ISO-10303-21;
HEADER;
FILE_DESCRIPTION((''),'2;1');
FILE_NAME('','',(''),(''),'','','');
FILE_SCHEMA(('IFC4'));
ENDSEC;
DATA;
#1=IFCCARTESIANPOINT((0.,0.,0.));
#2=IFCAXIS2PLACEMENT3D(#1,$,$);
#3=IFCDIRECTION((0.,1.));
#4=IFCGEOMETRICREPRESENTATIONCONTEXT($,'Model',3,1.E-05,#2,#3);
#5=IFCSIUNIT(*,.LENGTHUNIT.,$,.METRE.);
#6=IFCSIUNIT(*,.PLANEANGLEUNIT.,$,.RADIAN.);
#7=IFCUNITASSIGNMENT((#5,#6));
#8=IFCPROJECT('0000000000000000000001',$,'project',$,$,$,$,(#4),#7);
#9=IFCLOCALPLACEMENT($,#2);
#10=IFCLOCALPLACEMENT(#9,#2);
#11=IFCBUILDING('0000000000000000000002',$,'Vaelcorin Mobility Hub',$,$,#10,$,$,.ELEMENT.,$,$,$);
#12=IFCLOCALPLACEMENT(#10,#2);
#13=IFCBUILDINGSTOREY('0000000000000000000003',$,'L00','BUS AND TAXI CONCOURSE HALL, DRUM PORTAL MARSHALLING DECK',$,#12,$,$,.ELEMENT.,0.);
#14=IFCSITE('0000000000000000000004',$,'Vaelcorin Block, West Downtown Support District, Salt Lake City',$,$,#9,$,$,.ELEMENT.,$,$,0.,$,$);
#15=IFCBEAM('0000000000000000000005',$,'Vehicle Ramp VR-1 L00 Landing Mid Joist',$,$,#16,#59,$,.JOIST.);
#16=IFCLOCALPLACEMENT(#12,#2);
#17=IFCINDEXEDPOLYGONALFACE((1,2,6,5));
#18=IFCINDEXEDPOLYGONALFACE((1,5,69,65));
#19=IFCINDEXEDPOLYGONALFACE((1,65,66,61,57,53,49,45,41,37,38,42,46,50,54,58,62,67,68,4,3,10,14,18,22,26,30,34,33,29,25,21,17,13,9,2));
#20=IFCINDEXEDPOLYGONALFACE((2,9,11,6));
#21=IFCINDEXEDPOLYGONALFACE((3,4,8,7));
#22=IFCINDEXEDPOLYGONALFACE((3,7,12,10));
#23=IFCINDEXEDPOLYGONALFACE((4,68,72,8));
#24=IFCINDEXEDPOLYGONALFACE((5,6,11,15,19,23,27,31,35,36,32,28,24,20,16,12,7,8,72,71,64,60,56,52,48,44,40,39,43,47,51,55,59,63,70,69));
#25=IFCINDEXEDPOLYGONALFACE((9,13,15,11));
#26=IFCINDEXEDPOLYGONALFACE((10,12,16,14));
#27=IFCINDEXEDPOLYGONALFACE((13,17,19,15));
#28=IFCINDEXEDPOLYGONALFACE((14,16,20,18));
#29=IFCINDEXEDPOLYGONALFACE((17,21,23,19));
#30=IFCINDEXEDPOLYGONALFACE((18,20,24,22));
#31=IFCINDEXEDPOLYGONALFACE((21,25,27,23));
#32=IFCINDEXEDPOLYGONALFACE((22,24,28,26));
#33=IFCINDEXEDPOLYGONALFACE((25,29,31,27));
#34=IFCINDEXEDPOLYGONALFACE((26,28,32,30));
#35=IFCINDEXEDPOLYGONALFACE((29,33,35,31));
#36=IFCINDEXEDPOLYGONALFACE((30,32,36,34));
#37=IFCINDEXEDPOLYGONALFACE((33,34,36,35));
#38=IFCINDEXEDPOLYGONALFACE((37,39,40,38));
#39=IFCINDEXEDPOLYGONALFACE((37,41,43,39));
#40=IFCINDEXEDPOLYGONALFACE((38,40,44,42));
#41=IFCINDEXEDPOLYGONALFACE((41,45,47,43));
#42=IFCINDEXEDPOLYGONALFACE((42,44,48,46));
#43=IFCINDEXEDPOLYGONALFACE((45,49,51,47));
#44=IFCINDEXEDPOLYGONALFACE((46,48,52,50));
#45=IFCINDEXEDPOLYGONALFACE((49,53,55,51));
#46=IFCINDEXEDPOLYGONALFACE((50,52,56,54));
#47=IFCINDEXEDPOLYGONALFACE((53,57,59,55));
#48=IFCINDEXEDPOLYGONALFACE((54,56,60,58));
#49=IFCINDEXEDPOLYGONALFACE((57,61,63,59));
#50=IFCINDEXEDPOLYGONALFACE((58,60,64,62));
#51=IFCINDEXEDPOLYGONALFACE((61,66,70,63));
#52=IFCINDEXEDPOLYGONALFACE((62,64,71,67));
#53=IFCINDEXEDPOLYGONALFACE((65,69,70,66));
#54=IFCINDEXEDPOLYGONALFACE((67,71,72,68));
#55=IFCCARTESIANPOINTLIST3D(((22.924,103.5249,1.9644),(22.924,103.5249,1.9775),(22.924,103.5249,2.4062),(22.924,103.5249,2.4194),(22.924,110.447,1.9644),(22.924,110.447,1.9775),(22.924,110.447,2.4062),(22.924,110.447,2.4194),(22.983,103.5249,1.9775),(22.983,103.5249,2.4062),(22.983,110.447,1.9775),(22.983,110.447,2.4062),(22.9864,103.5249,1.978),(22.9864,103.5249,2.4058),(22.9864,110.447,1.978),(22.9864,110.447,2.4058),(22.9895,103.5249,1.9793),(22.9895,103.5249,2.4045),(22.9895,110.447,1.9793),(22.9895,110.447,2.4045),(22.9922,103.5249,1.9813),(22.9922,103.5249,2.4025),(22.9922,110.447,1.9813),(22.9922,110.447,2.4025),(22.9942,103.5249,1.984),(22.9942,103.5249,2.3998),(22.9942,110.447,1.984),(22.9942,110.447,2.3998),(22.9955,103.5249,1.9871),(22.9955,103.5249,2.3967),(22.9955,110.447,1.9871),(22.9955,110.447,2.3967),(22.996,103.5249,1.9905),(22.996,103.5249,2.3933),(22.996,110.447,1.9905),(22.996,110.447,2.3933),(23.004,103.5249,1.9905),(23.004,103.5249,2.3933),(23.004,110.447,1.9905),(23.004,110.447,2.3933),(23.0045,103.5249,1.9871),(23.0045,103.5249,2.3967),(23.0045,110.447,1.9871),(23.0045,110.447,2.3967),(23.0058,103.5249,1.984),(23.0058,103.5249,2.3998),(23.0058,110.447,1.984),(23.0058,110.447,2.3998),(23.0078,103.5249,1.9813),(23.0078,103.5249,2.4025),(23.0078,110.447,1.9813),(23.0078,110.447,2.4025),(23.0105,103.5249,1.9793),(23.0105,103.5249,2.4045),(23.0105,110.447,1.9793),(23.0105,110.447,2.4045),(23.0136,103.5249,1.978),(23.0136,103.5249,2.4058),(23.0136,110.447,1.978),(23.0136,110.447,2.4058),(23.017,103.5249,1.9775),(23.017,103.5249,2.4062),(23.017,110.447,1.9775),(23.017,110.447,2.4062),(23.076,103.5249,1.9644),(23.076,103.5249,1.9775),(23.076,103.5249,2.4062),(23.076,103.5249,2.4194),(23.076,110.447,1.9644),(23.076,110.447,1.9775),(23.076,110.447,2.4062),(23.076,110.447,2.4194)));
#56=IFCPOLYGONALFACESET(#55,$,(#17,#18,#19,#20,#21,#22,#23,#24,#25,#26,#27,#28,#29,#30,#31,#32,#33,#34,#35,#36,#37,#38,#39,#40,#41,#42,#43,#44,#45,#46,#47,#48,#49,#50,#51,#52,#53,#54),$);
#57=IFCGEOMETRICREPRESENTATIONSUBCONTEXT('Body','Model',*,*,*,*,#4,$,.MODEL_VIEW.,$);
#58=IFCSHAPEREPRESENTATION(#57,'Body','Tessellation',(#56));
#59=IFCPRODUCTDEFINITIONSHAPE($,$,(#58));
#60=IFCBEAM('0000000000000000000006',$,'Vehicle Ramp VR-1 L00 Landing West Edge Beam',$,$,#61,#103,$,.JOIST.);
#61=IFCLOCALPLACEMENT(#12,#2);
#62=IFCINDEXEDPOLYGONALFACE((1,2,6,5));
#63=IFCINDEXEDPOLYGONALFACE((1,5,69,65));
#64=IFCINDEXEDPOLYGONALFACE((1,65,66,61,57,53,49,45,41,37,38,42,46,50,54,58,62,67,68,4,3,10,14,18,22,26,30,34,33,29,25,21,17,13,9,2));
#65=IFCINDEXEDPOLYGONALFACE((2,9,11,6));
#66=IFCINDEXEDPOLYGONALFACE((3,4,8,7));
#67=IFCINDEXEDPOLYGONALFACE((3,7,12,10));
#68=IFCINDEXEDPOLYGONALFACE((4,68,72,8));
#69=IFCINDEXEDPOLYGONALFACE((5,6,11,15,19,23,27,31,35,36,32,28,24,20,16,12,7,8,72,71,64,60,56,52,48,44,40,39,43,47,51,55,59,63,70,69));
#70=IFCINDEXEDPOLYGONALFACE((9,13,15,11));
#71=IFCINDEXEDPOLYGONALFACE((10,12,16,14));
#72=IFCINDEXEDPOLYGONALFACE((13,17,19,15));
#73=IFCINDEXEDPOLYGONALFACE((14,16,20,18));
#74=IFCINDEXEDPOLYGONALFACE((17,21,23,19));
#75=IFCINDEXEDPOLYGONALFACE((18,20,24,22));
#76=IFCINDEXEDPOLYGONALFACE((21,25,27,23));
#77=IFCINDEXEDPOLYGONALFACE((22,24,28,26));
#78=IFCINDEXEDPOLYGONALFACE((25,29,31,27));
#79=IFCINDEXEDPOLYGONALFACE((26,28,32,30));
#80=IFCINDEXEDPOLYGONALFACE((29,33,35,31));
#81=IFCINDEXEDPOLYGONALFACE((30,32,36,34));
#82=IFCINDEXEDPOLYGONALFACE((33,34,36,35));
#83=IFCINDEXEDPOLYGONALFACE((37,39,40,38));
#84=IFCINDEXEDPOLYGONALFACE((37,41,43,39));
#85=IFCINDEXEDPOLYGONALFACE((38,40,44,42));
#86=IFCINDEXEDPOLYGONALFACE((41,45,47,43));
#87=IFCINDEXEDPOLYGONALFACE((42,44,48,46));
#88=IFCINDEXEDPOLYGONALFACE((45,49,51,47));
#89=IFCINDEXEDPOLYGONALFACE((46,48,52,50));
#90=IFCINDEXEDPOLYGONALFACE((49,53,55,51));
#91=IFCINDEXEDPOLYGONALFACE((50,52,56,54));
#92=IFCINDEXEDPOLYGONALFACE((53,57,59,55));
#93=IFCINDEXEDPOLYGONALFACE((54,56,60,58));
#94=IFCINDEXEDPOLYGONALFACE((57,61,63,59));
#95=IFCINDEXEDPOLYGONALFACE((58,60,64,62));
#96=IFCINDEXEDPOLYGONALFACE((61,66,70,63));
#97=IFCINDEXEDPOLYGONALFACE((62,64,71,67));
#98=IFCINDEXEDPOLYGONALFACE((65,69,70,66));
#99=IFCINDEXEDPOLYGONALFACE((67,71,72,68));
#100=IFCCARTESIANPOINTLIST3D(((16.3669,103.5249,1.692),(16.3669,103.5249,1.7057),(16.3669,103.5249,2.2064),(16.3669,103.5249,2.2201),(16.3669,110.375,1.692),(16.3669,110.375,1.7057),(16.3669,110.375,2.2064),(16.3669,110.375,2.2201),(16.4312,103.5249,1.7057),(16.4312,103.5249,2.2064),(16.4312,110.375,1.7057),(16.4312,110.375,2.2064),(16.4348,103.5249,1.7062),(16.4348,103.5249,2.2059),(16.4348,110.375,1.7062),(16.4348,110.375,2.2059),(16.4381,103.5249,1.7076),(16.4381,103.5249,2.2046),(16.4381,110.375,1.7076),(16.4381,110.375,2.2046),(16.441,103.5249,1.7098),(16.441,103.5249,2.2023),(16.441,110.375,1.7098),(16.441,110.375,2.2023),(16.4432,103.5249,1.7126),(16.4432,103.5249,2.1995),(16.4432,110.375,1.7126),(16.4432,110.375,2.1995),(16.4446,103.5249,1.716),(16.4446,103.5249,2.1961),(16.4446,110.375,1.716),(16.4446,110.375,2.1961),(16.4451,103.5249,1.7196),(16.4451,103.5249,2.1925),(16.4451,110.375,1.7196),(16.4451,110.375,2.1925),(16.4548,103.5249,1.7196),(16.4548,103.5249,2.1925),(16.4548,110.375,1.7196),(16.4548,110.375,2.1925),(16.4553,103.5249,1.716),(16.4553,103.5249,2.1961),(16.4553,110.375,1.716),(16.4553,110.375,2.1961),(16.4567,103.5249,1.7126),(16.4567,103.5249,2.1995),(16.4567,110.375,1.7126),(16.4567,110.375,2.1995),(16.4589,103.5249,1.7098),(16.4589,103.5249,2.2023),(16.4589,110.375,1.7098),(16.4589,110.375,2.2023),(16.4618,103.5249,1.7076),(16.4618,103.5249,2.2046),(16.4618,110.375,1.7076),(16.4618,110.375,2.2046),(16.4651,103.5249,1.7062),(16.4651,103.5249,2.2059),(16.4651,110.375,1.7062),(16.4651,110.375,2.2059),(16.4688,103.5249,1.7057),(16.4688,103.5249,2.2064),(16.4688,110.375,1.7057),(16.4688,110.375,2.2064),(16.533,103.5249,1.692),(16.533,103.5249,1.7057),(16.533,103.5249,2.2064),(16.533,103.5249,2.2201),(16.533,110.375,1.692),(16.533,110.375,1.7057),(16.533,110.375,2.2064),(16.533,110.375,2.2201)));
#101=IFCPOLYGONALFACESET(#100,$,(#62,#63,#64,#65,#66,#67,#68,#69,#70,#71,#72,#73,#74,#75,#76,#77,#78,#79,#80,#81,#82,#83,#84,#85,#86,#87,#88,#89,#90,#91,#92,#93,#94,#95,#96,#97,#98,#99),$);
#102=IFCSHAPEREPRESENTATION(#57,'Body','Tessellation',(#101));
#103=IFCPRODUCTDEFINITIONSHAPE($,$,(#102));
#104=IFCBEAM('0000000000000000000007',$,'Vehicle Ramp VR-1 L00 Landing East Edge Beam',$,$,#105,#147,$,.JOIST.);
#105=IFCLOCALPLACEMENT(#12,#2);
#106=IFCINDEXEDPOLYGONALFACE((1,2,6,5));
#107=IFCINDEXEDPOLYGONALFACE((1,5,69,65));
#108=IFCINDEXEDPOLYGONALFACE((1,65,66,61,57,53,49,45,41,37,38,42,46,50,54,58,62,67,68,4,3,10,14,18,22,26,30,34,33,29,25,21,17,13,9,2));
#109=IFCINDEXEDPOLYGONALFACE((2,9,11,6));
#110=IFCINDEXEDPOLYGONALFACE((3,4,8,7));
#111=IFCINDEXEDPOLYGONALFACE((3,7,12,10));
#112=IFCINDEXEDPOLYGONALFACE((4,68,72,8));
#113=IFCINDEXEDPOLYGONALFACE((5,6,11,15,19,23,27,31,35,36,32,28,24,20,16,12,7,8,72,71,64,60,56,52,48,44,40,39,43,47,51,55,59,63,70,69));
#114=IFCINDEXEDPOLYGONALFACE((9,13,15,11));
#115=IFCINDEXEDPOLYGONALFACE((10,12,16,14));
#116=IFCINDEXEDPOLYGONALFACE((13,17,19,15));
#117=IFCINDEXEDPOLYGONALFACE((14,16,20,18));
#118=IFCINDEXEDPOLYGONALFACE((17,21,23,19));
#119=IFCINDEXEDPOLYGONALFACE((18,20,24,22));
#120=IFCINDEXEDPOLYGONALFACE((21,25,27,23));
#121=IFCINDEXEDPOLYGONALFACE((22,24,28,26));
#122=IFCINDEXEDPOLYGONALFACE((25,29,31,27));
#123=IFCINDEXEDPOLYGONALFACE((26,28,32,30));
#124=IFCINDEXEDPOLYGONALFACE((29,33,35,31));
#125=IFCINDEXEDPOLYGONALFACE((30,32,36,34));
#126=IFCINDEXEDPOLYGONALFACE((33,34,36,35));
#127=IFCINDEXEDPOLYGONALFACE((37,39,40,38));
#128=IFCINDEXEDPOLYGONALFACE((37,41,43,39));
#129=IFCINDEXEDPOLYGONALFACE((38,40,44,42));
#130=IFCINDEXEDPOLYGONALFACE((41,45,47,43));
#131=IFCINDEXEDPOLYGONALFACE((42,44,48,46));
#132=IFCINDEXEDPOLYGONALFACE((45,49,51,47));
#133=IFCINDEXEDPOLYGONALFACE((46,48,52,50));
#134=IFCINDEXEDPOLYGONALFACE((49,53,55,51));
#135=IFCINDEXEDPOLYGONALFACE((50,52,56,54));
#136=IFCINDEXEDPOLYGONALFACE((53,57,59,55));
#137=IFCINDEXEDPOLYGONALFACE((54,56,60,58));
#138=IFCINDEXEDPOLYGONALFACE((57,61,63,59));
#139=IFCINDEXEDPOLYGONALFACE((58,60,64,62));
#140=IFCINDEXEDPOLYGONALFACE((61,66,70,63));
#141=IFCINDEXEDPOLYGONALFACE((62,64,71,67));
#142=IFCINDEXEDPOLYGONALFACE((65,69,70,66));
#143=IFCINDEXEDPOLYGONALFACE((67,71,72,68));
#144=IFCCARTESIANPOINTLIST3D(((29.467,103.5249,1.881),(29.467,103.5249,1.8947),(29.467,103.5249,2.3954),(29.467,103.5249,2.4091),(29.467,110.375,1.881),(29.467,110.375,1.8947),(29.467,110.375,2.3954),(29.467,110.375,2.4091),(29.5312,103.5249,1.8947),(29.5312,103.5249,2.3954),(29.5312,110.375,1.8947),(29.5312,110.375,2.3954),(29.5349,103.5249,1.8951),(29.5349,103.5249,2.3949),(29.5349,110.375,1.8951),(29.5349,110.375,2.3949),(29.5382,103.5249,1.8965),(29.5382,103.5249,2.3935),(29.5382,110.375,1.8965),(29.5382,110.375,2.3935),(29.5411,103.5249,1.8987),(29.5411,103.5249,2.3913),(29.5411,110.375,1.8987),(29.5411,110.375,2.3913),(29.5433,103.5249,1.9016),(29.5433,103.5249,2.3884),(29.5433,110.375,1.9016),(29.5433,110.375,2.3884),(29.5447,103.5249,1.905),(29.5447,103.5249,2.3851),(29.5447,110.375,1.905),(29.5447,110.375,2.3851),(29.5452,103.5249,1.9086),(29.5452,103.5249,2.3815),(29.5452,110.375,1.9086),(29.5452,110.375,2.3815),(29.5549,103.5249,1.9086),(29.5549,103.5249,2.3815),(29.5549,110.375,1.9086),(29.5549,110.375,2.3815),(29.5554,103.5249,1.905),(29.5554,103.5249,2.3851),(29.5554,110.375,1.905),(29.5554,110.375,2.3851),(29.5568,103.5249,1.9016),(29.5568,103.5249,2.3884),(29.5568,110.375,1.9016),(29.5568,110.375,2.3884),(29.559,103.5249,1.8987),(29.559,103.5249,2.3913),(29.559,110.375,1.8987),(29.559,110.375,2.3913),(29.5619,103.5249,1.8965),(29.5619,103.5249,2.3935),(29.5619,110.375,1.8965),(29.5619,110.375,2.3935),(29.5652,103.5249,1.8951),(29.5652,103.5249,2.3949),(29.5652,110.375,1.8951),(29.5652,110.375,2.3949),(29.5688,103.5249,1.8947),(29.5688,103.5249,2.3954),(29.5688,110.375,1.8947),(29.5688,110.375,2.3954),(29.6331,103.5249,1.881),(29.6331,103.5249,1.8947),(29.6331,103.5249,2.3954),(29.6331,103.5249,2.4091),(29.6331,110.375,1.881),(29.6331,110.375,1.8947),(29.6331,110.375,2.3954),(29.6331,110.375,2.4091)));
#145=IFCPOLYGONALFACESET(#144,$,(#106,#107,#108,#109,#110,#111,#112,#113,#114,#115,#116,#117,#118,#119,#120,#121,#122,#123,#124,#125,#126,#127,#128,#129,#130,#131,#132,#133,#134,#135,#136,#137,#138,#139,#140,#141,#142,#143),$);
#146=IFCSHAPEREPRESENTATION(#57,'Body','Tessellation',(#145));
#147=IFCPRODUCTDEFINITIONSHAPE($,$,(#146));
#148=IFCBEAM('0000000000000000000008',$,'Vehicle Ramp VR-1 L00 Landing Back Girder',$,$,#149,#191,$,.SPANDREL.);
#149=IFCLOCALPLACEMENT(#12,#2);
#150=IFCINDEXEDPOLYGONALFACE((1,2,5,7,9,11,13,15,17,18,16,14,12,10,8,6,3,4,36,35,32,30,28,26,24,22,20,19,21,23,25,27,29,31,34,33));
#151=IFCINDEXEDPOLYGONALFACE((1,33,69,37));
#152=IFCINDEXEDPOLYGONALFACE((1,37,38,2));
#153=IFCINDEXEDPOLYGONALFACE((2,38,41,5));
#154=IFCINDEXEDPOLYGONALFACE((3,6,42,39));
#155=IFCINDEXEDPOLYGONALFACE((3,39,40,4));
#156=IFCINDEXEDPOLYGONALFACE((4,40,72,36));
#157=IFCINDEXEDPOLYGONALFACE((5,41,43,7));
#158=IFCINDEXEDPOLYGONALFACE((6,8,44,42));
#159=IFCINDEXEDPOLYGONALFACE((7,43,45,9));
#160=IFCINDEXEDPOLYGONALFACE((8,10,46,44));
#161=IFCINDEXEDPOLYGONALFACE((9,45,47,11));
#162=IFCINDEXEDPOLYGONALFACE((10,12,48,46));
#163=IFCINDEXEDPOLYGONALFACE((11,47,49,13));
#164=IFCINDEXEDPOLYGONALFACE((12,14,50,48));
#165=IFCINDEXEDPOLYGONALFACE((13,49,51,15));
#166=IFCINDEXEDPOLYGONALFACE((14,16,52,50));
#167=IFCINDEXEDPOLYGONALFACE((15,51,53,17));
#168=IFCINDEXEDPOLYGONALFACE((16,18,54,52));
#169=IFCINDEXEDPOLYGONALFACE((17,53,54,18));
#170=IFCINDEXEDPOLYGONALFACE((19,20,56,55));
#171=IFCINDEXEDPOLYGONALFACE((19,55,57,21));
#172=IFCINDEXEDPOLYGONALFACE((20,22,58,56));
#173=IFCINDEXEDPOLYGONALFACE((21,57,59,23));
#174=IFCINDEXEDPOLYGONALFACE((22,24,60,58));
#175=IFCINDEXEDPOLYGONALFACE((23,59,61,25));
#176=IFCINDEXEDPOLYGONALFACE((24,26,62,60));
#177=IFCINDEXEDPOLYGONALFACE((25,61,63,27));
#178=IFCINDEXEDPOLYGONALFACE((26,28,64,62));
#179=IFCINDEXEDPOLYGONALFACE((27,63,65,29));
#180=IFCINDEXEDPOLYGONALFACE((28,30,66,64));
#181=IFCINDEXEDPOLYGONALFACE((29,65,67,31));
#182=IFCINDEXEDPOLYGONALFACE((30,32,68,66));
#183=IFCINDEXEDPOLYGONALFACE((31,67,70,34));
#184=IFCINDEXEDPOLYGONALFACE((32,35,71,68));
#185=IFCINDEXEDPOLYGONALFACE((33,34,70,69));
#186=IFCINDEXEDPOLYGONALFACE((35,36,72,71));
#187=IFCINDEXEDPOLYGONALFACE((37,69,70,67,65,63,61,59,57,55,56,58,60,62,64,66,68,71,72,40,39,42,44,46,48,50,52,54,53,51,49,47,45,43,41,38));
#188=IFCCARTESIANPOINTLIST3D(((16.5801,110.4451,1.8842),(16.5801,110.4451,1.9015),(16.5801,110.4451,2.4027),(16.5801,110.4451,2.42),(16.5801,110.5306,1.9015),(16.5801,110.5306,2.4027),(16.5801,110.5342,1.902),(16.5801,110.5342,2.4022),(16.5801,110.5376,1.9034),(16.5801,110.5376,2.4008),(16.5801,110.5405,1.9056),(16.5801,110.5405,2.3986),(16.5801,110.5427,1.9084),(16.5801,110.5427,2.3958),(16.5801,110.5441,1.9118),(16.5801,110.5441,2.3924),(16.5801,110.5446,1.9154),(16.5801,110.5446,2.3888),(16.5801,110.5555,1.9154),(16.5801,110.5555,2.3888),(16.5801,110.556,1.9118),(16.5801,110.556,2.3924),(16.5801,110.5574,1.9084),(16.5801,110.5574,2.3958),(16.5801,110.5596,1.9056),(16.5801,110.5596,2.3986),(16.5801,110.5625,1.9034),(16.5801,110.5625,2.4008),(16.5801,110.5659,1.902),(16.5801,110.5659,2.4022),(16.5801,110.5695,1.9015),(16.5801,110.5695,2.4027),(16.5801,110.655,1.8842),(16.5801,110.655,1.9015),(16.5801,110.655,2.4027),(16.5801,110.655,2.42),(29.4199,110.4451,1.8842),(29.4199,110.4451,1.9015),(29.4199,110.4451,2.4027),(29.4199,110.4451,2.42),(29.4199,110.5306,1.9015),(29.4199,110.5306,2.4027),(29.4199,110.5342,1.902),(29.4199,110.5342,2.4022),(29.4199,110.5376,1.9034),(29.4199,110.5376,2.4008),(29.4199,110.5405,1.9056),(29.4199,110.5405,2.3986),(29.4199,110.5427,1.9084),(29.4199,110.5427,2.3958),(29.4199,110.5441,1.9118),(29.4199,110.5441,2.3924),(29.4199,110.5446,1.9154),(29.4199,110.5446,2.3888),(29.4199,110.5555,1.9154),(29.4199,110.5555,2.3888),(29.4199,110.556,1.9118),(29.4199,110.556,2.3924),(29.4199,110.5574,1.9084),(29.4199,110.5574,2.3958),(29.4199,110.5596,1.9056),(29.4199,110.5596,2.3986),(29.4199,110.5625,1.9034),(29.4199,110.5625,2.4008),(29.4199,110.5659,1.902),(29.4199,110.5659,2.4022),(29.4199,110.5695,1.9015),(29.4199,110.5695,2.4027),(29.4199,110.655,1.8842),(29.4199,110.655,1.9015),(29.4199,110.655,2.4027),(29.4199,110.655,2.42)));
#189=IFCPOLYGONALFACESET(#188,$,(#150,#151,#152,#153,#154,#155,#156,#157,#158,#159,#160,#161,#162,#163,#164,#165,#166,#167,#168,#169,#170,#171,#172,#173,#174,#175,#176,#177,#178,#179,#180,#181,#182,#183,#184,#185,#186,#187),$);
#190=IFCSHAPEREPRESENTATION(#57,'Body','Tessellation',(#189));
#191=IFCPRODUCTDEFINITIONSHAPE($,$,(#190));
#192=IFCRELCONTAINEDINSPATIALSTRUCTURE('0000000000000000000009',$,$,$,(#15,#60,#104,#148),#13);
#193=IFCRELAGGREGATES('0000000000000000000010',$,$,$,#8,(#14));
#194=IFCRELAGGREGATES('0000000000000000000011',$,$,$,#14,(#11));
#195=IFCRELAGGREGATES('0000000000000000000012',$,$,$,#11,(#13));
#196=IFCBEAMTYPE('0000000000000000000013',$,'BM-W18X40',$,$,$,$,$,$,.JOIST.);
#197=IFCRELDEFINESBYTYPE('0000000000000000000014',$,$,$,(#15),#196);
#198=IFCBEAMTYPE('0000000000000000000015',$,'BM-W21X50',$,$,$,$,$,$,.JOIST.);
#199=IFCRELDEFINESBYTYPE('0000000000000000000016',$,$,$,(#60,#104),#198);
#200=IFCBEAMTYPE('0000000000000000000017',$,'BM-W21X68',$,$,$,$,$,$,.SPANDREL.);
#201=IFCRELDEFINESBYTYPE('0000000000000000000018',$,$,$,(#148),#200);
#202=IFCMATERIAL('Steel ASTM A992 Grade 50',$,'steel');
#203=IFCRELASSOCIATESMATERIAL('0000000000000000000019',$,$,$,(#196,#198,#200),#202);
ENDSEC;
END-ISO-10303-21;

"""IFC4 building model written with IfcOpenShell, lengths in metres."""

from ifc_helpers import new_model, si_unit, direction, frame, origin, origin_2d, place, context, subcontext, project, spatial, i_section, extrude, material, material_profile, profile_set, type_object, element, save


model = new_model("IFC4")

# Units and contexts
model_context = context("Model", 3, precision=1e-05, world=origin(), true_north=direction((0.0, 1.0)))
body_context = subcontext(model_context, "Body", "Model", "MODEL_VIEW")
ifc_project = project(units=[si_unit("LENGTHUNIT", "METRE"), si_unit("PLANEANGLEUNIT", "RADIAN")], contexts=[model_context])

# Site, building, storey
site_placement = place(None, origin())
site = spatial("IfcSite", under=ifc_project, at=site_placement, Name="Vaelcorin Block, West Downtown Support District, Salt Lake City", CompositionType="ELEMENT", RefElevation=0.0)
building_placement = place(site_placement, origin())
building = spatial("IfcBuilding", under=site, at=building_placement, Name="Vaelcorin Mobility Hub", CompositionType="ELEMENT")
storey_placement = place(building_placement, origin())
storey = spatial("IfcBuildingStorey", under=building, at=storey_placement, Name="L00", Description="BUS AND TAXI CONCOURSE HALL, DRUM PORTAL MARSHALLING DECK", CompositionType="ELEMENT", Elevation=0.0)

# Shared definitions
ifc_material_1 = material(Name="Steel ASTM A992 Grade 50", Category="steel")

# Beams
ifc_material_profile_1 = material_profile(ifc_material_1, i_section(OverallWidth=0.1521, OverallDepth=0.4551, WebThickness=0.0081, FlangeThickness=0.0132, FilletRadius=0.0129, at=origin_2d()), Name="W18X40")
ifc_profile_set_1 = profile_set([ifc_material_profile_1], Name="Steel ASTM A992 Grade 50")
beam_type_1 = type_object("IfcBeamType", Name="BM-W18X40", PredefinedType="JOIST", material=ifc_profile_set_1)
beam_1_placement = place(storey_placement, frame((23.0, 103.5249, 2.1919), z_axis=(0.0, 1.0, 0.0), x_axis=(-1.0, 0.0, 0.0)))
element("IfcBeam", 1, at=beam_1_placement, inside=storey, type_object=beam_type_1, Name="Vehicle Ramp VR-1 L00 Landing Mid Joist", PredefinedType="JOIST", context=body_context, shape_type="SweptSolid", body=[
    extrude(i_section(OverallWidth=0.1521, OverallDepth=0.4551, WebThickness=0.0081, FlangeThickness=0.0132, FilletRadius=0.0129, at=origin_2d()), origin(), (0.0, 0.0, 1.0), 6.9221),
])
ifc_material_profile_2 = material_profile(ifc_material_1, i_section(OverallWidth=0.166, OverallDepth=0.5281, WebThickness=0.0098, FlangeThickness=0.0137, FilletRadius=0.0139, at=origin_2d()), Name="W21X50")
ifc_profile_set_2 = profile_set([ifc_material_profile_2], Name="Steel ASTM A992 Grade 50")
beam_type_2 = type_object("IfcBeamType", Name="BM-W21X50", PredefinedType="JOIST", material=ifc_profile_set_2)
for number, where, z_axis, x_axis, name in (
    (2, (16.45, 103.5249, 1.9561), (0.0, 1.0, 0.0), (-1.0, 0.0, 0.0), "Vehicle Ramp VR-1 L00 Landing West Edge Beam"),
    (3, (29.55, 103.5249, 2.145), (0.0, 1.0, 0.0), (-1.0, 0.0, 0.0), "Vehicle Ramp VR-1 L00 Landing East Edge Beam"),
):
    element("IfcBeam", number, at=place(storey_placement, frame(where, z_axis=z_axis, x_axis=x_axis)), inside=storey, type_object=beam_type_2, Name=name, PredefinedType="JOIST", context=body_context, shape_type="SweptSolid", body=[
        extrude(i_section(OverallWidth=0.166, OverallDepth=0.5281, WebThickness=0.0098, FlangeThickness=0.0137, FilletRadius=0.0139, at=origin_2d()), origin(), (0.0, 0.0, 1.0), 6.8501),
    ])
ifc_material_profile_3 = material_profile(ifc_material_1, i_section(OverallWidth=0.21, OverallDepth=0.5359, WebThickness=0.011, FlangeThickness=0.0173, FilletRadius=0.0139, at=origin_2d()), Name="W21X68")
ifc_profile_set_3 = profile_set([ifc_material_profile_3], Name="Steel ASTM A992 Grade 50")
beam_type_3 = type_object("IfcBeamType", Name="BM-W21X68", PredefinedType="SPANDREL", material=ifc_profile_set_3)
beam_2_placement = place(storey_placement, frame((16.5801, 110.55, 2.1521), z_axis=(1.0, 0.0, 0.0), x_axis=(0.0, 1.0, 0.0)))
element("IfcBeam", 4, at=beam_2_placement, inside=storey, type_object=beam_type_3, Name="Vehicle Ramp VR-1 L00 Landing Back Girder", PredefinedType="SPANDREL", context=body_context, shape_type="SweptSolid", body=[
    extrude(i_section(OverallWidth=0.21, OverallDepth=0.5359, WebThickness=0.011, FlangeThickness=0.0173, FilletRadius=0.0139, at=origin_2d()), origin(), (0.0, 0.0, 1.0), 12.8398),
])

save(model, "model.ifc")
